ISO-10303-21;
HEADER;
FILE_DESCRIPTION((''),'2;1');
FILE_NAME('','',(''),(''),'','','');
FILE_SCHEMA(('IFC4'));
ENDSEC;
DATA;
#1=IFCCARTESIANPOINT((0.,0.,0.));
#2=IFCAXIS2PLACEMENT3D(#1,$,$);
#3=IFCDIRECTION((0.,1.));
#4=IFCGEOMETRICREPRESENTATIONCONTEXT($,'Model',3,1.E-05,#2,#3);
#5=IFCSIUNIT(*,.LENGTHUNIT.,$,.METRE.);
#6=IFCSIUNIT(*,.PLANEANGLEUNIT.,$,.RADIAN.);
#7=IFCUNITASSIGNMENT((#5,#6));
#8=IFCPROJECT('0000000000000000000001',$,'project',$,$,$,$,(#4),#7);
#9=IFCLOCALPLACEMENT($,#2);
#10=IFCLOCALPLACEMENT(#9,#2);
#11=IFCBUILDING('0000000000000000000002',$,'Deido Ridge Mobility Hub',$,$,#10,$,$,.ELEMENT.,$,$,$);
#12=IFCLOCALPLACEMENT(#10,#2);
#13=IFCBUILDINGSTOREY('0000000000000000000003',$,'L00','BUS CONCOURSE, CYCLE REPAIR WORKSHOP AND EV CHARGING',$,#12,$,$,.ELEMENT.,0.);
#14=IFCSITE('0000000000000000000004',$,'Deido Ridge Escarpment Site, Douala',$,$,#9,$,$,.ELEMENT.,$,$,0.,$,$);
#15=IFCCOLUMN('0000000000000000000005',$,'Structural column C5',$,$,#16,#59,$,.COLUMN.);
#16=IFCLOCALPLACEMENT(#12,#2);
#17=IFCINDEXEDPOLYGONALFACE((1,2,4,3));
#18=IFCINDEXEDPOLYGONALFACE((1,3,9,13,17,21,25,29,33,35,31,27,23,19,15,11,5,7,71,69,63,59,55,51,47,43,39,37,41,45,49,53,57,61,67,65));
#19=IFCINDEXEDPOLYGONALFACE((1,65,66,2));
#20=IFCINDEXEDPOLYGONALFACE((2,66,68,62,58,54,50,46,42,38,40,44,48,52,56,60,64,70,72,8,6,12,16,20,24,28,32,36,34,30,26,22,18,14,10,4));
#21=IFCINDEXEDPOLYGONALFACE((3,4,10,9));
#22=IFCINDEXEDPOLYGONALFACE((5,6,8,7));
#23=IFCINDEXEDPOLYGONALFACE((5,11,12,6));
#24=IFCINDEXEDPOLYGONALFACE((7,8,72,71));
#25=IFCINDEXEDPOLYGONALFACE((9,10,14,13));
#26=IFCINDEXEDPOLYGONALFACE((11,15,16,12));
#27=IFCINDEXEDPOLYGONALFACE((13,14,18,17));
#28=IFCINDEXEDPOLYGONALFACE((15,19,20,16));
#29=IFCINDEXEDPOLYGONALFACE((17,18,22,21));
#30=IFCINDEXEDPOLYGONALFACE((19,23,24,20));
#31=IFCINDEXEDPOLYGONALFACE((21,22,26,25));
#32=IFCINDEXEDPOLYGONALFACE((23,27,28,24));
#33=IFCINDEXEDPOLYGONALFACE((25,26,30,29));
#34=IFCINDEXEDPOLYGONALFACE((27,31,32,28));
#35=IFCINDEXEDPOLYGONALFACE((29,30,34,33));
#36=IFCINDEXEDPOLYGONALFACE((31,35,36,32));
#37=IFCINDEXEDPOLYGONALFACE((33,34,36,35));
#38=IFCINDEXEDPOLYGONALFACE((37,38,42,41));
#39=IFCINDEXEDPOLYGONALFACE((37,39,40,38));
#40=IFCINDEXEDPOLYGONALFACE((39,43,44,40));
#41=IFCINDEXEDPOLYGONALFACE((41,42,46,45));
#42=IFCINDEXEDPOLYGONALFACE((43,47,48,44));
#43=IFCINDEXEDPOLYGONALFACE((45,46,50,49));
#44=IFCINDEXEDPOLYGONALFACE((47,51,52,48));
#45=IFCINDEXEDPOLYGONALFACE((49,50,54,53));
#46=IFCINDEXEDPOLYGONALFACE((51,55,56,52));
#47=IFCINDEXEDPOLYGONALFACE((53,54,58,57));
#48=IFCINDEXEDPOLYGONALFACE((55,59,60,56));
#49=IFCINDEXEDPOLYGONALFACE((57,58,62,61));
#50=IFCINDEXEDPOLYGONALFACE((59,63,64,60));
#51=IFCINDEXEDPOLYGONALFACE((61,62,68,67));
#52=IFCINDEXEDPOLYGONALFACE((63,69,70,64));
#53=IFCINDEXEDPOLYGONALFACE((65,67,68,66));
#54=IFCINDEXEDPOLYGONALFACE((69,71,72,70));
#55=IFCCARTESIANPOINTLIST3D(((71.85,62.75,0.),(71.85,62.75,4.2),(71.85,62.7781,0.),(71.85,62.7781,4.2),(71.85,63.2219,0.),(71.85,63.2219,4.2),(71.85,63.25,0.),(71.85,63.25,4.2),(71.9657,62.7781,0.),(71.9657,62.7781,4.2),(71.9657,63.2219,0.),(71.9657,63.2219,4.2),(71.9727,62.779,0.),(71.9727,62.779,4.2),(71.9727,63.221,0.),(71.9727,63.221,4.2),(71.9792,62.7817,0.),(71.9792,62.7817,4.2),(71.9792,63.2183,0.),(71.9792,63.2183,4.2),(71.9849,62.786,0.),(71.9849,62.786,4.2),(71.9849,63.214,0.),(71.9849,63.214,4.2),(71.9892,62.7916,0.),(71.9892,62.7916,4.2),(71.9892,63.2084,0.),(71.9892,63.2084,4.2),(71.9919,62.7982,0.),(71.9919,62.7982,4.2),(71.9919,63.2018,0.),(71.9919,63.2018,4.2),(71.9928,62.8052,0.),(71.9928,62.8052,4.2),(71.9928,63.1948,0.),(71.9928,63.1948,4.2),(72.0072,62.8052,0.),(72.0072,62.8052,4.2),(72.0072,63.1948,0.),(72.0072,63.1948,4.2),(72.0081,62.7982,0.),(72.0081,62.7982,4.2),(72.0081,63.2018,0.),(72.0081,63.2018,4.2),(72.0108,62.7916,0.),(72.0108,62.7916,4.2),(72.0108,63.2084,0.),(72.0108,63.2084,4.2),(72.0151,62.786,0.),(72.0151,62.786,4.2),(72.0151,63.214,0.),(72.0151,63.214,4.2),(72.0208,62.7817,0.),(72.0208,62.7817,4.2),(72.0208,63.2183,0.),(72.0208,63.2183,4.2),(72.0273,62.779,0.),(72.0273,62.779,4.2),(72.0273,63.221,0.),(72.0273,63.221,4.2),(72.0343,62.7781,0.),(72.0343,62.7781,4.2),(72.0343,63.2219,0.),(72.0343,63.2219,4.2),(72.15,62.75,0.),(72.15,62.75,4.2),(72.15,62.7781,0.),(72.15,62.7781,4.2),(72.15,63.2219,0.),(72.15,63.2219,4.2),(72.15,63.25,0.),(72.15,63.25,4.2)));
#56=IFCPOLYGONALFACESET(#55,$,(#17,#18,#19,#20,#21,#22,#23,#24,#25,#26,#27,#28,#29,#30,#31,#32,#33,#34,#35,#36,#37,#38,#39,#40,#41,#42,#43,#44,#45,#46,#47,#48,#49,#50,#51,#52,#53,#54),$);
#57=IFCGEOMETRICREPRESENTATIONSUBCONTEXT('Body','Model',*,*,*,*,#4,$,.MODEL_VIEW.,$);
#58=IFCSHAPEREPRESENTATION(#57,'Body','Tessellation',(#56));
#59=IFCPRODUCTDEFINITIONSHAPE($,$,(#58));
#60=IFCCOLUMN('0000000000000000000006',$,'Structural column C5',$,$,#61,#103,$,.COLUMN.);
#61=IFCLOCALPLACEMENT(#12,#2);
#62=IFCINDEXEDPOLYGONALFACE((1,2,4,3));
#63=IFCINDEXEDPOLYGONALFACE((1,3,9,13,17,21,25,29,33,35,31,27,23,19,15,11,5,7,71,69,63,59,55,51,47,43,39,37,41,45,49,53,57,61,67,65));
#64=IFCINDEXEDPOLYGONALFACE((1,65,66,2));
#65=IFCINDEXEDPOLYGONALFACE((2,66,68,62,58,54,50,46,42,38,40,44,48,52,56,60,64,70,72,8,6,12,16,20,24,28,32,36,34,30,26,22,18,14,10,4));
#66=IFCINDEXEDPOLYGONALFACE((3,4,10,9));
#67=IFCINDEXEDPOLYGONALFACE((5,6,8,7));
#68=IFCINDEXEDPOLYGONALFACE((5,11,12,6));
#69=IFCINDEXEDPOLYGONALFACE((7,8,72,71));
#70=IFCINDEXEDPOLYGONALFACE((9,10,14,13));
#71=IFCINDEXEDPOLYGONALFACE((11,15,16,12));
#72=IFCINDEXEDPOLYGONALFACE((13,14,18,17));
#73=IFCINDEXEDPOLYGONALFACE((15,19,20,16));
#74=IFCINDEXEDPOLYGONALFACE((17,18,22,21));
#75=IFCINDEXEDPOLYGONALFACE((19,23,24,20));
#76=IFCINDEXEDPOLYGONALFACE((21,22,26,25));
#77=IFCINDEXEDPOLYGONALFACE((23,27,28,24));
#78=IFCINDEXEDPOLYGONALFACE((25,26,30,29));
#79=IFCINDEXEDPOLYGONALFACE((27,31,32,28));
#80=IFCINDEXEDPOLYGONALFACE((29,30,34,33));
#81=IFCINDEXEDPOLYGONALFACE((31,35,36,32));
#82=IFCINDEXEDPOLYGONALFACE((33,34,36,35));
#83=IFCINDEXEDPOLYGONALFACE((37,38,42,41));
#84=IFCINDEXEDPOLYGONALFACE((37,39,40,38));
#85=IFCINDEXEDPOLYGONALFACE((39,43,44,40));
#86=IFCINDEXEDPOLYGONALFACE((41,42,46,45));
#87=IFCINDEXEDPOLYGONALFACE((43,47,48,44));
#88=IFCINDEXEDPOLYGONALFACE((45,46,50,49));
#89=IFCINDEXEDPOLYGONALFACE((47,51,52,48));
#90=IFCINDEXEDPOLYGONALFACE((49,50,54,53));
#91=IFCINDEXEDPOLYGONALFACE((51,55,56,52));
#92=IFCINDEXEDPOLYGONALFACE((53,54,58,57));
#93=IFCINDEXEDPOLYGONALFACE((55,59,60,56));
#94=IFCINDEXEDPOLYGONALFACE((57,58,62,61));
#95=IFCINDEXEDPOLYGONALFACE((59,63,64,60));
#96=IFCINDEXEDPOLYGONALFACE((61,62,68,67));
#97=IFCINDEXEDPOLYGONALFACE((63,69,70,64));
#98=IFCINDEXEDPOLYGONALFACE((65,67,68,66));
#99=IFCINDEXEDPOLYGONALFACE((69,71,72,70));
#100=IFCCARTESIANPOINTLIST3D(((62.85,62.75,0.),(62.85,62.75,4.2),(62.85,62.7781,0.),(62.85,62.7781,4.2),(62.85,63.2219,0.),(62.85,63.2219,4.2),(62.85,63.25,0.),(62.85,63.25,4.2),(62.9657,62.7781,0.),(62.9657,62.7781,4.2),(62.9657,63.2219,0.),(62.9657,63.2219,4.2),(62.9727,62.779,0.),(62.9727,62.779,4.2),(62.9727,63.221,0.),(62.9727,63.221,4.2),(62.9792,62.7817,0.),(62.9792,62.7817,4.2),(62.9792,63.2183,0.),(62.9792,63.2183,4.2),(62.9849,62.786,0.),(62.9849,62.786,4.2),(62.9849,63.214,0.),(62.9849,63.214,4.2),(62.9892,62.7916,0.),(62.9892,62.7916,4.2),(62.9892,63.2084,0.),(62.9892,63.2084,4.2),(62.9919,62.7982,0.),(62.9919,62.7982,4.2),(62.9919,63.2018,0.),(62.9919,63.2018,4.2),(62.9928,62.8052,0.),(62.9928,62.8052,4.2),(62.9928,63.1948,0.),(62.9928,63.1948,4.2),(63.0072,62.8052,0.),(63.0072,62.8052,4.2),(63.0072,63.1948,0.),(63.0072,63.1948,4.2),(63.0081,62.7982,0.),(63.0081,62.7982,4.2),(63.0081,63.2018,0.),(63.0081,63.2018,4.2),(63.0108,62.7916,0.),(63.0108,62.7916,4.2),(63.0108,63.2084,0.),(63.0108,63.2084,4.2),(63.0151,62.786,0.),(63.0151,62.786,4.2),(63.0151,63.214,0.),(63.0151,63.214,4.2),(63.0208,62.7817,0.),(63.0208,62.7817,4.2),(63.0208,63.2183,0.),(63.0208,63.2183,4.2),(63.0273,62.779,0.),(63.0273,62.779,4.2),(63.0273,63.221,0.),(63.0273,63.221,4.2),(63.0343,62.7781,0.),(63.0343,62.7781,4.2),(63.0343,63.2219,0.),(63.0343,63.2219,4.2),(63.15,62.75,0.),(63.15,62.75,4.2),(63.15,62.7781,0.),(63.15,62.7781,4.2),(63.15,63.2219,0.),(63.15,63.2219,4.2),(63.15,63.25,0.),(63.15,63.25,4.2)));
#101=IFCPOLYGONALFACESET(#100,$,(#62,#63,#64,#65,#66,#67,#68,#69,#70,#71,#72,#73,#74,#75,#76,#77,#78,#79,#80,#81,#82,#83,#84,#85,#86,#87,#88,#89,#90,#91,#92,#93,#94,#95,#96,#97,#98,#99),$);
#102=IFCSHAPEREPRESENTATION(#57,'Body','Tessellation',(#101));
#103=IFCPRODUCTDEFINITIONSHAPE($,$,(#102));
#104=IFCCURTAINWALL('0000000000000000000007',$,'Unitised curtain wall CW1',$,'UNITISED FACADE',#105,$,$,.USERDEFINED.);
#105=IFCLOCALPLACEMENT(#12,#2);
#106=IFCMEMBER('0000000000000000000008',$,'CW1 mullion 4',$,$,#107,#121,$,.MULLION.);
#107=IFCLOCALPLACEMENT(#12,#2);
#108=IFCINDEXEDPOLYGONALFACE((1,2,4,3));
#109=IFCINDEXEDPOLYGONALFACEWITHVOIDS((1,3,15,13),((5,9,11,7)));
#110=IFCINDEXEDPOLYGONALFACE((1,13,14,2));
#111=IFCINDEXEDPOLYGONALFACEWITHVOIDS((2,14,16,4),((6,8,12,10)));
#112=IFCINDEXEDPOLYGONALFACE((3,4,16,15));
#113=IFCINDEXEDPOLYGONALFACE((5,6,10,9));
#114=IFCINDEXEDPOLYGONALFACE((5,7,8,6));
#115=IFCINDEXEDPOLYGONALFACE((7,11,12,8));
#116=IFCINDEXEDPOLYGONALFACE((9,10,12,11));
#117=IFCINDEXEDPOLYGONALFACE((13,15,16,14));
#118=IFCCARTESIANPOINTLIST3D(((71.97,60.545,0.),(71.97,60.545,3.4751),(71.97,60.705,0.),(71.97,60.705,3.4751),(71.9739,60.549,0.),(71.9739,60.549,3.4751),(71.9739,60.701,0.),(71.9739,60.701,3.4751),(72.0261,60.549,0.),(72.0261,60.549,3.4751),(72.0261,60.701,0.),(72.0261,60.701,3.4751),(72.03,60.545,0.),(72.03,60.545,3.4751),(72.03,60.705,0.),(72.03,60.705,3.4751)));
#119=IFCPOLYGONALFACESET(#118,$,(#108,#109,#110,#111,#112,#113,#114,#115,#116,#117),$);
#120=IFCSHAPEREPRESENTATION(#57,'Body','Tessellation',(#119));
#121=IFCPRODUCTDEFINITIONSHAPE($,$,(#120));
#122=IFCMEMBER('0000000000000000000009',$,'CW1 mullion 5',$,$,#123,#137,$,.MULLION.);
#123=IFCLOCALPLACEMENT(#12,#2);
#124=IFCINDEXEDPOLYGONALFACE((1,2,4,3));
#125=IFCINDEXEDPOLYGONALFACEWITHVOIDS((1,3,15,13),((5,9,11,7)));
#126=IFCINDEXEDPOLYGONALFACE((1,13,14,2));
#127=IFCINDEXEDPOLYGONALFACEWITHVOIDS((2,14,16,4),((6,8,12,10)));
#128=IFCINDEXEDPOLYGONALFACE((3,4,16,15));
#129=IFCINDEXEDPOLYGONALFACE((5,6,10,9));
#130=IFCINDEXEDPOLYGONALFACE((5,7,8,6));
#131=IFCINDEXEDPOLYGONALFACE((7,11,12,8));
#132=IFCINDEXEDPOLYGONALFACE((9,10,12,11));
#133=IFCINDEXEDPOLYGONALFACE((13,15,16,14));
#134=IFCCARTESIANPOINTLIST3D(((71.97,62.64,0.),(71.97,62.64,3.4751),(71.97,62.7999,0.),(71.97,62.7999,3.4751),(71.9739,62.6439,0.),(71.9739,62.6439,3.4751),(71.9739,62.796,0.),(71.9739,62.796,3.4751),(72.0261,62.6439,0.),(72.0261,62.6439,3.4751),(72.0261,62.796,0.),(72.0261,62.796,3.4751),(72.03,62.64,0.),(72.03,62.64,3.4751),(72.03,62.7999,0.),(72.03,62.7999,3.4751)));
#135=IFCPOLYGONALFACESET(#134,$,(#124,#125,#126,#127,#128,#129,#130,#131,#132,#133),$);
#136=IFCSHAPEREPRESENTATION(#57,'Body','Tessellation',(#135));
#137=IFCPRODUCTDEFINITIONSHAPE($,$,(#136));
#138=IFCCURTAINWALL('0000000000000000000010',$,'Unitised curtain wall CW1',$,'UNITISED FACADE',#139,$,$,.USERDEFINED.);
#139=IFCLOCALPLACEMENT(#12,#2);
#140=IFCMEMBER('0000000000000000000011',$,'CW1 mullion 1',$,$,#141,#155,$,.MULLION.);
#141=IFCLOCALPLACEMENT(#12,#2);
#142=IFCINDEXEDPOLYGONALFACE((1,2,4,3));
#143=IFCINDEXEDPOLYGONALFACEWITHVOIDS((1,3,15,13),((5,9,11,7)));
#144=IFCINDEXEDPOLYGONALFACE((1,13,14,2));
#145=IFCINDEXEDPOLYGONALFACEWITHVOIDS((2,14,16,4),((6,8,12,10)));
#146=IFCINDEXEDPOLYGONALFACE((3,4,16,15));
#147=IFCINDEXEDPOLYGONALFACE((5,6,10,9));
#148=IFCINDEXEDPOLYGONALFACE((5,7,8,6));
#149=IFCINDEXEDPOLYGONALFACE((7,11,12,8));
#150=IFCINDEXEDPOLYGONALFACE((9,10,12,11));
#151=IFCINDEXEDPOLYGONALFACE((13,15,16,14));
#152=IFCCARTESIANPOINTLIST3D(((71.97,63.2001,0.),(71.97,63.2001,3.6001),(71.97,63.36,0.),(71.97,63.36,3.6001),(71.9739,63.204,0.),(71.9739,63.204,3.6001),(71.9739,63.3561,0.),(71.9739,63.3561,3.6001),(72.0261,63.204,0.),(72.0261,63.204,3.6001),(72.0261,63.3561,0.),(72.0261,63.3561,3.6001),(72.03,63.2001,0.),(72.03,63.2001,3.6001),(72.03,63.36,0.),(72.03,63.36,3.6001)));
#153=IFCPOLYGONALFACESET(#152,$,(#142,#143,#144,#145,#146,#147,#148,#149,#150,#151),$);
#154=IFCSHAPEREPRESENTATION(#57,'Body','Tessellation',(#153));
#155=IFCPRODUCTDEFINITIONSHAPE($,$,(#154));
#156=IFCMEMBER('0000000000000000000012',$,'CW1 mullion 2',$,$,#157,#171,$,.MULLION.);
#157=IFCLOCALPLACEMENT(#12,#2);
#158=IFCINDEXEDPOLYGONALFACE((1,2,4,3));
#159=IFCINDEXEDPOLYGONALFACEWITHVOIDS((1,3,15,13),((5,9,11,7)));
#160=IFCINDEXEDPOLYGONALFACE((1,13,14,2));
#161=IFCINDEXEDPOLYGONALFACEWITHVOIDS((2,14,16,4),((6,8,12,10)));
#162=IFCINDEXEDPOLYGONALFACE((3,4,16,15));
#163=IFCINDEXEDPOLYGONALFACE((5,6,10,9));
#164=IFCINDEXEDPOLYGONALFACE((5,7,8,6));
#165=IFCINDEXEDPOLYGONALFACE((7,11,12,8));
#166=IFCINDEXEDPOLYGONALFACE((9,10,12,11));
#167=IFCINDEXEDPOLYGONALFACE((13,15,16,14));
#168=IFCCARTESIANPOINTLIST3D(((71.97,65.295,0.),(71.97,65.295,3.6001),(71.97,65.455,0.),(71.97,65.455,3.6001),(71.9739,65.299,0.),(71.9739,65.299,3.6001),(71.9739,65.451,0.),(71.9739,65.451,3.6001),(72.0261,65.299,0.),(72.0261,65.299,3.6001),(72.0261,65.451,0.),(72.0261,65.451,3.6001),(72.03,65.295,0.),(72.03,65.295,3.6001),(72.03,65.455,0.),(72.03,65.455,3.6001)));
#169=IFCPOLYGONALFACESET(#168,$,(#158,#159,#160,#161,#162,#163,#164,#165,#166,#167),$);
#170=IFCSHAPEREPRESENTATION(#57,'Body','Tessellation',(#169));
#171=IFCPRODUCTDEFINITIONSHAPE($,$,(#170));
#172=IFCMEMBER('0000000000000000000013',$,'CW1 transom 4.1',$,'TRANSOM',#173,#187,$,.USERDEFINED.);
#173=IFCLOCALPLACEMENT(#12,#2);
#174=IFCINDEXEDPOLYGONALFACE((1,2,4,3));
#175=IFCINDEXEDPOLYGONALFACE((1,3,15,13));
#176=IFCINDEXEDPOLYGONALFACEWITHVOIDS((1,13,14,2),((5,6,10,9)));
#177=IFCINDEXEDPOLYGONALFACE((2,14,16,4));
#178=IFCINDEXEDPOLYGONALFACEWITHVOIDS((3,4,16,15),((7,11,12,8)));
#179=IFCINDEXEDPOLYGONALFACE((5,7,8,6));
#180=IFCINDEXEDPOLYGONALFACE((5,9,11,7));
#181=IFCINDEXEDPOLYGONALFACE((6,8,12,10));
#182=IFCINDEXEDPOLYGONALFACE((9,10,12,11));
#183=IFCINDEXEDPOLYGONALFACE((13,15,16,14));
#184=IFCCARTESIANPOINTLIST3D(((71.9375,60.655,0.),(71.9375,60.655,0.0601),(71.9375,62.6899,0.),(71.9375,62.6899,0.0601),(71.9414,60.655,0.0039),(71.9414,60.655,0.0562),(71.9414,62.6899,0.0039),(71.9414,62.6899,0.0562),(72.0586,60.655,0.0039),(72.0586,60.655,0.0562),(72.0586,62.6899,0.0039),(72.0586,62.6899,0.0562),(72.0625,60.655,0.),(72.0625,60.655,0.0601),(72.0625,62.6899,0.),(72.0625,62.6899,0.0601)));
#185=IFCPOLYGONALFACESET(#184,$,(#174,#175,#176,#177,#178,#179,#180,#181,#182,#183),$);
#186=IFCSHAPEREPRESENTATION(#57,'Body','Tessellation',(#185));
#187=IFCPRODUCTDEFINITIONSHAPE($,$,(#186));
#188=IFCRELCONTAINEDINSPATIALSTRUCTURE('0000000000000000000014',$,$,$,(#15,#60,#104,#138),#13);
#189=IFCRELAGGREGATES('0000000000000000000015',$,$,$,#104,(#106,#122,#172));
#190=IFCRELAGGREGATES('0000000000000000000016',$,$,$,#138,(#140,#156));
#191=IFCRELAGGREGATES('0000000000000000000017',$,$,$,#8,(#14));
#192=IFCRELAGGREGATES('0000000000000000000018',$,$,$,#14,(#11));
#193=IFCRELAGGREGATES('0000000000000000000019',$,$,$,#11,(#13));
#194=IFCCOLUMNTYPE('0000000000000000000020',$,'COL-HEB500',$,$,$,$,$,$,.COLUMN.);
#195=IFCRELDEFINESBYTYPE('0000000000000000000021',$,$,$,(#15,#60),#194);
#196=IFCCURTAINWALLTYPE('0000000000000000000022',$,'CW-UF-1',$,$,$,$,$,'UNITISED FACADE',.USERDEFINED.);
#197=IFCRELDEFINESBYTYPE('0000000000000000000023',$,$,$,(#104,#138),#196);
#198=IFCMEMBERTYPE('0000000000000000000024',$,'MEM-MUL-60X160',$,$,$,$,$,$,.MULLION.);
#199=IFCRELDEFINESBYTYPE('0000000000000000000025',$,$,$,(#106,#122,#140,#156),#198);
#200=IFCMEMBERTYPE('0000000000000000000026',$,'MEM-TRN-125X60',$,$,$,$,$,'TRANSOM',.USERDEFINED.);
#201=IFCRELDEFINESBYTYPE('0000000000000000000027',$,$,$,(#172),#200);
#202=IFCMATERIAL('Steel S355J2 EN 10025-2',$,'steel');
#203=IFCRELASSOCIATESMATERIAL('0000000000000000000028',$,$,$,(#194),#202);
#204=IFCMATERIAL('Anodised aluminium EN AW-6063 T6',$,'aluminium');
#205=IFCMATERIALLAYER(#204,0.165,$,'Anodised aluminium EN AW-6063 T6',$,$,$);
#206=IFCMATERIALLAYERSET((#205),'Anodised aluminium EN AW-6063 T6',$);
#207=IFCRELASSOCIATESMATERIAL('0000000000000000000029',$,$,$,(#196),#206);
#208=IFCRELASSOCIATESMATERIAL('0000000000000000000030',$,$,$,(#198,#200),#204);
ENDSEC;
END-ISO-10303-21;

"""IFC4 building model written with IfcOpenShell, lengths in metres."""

from ifc_helpers import new_model, si_unit, direction, frame, origin, origin_2d, place, context, subcontext, project, spatial, hollow_rectangle, i_section, extrude, material, layer, layer_set, material_profile, profile_set, type_object, element, aggregate, save


model = new_model("IFC4")

# Units and contexts
model_context = context("Model", 3, precision=1e-05, world=origin(), true_north=direction((0.0, 1.0)))
body_context = subcontext(model_context, "Body", "Model", "MODEL_VIEW")
ifc_project = project(units=[si_unit("LENGTHUNIT", "METRE"), si_unit("PLANEANGLEUNIT", "RADIAN")], contexts=[model_context])

# Site, building, storey
site_placement = place(None, origin())
site = spatial("IfcSite", under=ifc_project, at=site_placement, Name="Deido Ridge Escarpment Site, Douala", CompositionType="ELEMENT", RefElevation=0.0)
building_placement = place(site_placement, origin())
building = spatial("IfcBuilding", under=site, at=building_placement, Name="Deido Ridge Mobility Hub", CompositionType="ELEMENT")
storey_placement = place(building_placement, origin())
storey = spatial("IfcBuildingStorey", under=building, at=storey_placement, Name="L00", Description="BUS CONCOURSE, CYCLE REPAIR WORKSHOP AND EV CHARGING", CompositionType="ELEMENT", Elevation=0.0)

# Columns
ifc_material_1 = material(Name="Steel S355J2 EN 10025-2", Category="steel")
ifc_material_profile_1 = material_profile(ifc_material_1, i_section(OverallWidth=0.3, OverallDepth=0.5, WebThickness=0.0144, FlangeThickness=0.0281, FilletRadius=0.0271, at=origin_2d()), Name="HEB 500")
ifc_profile_set_1 = profile_set([ifc_material_profile_1], Name="Steel S355J2 EN 10025-2")
column_type = type_object("IfcColumnType", Name="COL-HEB500", PredefinedType="COLUMN", material=ifc_profile_set_1)
for number, where, z_axis, x_axis, name in (
    (1, (72.0, 63.0, 0.0), (0.0, 0.0, 1.0), (1.0, 0.0, 0.0), "Structural column C5"),
    (2, (63.0, 63.0, 0.0), (0.0, 0.0, 1.0), (1.0, 0.0, 0.0), "Structural column C5"),
):
    element("IfcColumn", number, at=place(storey_placement, frame(where, z_axis=z_axis, x_axis=x_axis)), inside=storey, type_object=column_type, Name=name, PredefinedType="COLUMN", context=body_context, shape_type="SweptSolid", body=[
        extrude(i_section(OverallWidth=0.3, OverallDepth=0.5, WebThickness=0.0144, FlangeThickness=0.0281, FilletRadius=0.0271, at=origin_2d()), origin(), (0.0, 0.0, 1.0), 4.2),
    ])

# Curtain walls, members
ifc_material_2 = material(Name="Anodised aluminium EN AW-6063 T6", Category="aluminium")
ifc_layer_1 = layer(ifc_material_2, 0.165, Name="Anodised aluminium EN AW-6063 T6")
ifc_layer_set_1 = layer_set([ifc_layer_1], Name="Anodised aluminium EN AW-6063 T6")
curtain_wall_type = type_object("IfcCurtainWallType", Name="CW-UF-1", ElementType="UNITISED FACADE", PredefinedType="USERDEFINED", material=ifc_layer_set_1)
curtain_wall_1_placement = place(storey_placement, origin())
curtain_wall_1 = element("IfcCurtainWall", 3, at=curtain_wall_1_placement, inside=storey, type_object=curtain_wall_type, Name="Unitised curtain wall CW1", ObjectType="UNITISED FACADE", PredefinedType="USERDEFINED")
ifc_material_profile_2 = material_profile(ifc_material_2, hollow_rectangle(XDim=0.0601, YDim=0.1599, WallThickness=0.0039, at=origin_2d()), Name="RHS 60x160x4")
ifc_profile_set_2 = profile_set([ifc_material_profile_2], Name="Anodised aluminium EN AW-6063 T6")
member_type_1 = type_object("IfcMemberType", Name="MEM-MUL-60X160", PredefinedType="MULLION", material=ifc_profile_set_2)
member_1_placement = place(storey_placement, frame((72.0, 60.625, 0.0), z_axis=(0.0, 0.0, 1.0), x_axis=(-1.0, 0.0, 0.0)))
member_1 = element("IfcMember", 4, at=member_1_placement, type_object=member_type_1, Name="CW1 mullion 4", PredefinedType="MULLION", context=body_context, shape_type="SweptSolid", body=[
    extrude(hollow_rectangle(XDim=0.0601, YDim=0.1599, WallThickness=0.0039, at=origin_2d()), origin(), (0.0, 0.0, 1.0), 3.4751),
])
member_2_placement = place(storey_placement, frame((72.0, 62.72, 0.0), z_axis=(0.0, 0.0, 1.0), x_axis=(-1.0, 0.0, 0.0)))
member_2 = element("IfcMember", 5, at=member_2_placement, type_object=member_type_1, Name="CW1 mullion 5", PredefinedType="MULLION", context=body_context, shape_type="SweptSolid", body=[
    extrude(hollow_rectangle(XDim=0.0601, YDim=0.1599, WallThickness=0.0039, at=origin_2d()), origin(), (0.0, 0.0, 1.0), 3.4751),
])
curtain_wall_2_placement = place(storey_placement, origin())
curtain_wall_2 = element("IfcCurtainWall", 6, at=curtain_wall_2_placement, inside=storey, type_object=curtain_wall_type, Name="Unitised curtain wall CW1", ObjectType="UNITISED FACADE", PredefinedType="USERDEFINED")
member_3_placement = place(storey_placement, frame((72.0, 63.28, 0.0), z_axis=(0.0, 0.0, 1.0), x_axis=(-1.0, 0.0, 0.0)))
member_3 = element("IfcMember", 7, at=member_3_placement, type_object=member_type_1, Name="CW1 mullion 1", PredefinedType="MULLION", context=body_context, shape_type="SweptSolid", body=[
    extrude(hollow_rectangle(XDim=0.0601, YDim=0.1599, WallThickness=0.0039, at=origin_2d()), origin(), (0.0, 0.0, 1.0), 3.6001),
])
member_4_placement = place(storey_placement, frame((72.0, 65.375, 0.0), z_axis=(0.0, 0.0, 1.0), x_axis=(-1.0, 0.0, 0.0)))
member_4 = element("IfcMember", 8, at=member_4_placement, type_object=member_type_1, Name="CW1 mullion 2", PredefinedType="MULLION", context=body_context, shape_type="SweptSolid", body=[
    extrude(hollow_rectangle(XDim=0.0601, YDim=0.1599, WallThickness=0.0039, at=origin_2d()), origin(), (0.0, 0.0, 1.0), 3.6001),
])

# Member
ifc_material_profile_3 = material_profile(ifc_material_2, hollow_rectangle(XDim=0.125, YDim=0.0601, WallThickness=0.0039, at=origin_2d()), Name="RHS 125x60x4")
ifc_profile_set_3 = profile_set([ifc_material_profile_3], Name="Anodised aluminium EN AW-6063 T6")
member_type_2 = type_object("IfcMemberType", Name="MEM-TRN-125X60", ElementType="TRANSOM", PredefinedType="USERDEFINED", material=ifc_profile_set_3)
member_5_placement = place(storey_placement, frame((72.0, 60.655, 0.03), z_axis=(0.0, 1.0, 0.0), x_axis=(-1.0, 0.0, 0.0)))
member_5 = element("IfcMember", 9, at=member_5_placement, type_object=member_type_2, Name="CW1 transom 4.1", ObjectType="TRANSOM", PredefinedType="USERDEFINED", context=body_context, shape_type="SweptSolid", body=[
    extrude(hollow_rectangle(XDim=0.125, YDim=0.0601, WallThickness=0.0039, at=origin_2d()), origin(), (0.0, 0.0, 1.0), 2.0349),
])

aggregate(curtain_wall_1, [member_1, member_2, member_5])
aggregate(curtain_wall_2, [member_3, member_4])

save(model, "model.ifc")
